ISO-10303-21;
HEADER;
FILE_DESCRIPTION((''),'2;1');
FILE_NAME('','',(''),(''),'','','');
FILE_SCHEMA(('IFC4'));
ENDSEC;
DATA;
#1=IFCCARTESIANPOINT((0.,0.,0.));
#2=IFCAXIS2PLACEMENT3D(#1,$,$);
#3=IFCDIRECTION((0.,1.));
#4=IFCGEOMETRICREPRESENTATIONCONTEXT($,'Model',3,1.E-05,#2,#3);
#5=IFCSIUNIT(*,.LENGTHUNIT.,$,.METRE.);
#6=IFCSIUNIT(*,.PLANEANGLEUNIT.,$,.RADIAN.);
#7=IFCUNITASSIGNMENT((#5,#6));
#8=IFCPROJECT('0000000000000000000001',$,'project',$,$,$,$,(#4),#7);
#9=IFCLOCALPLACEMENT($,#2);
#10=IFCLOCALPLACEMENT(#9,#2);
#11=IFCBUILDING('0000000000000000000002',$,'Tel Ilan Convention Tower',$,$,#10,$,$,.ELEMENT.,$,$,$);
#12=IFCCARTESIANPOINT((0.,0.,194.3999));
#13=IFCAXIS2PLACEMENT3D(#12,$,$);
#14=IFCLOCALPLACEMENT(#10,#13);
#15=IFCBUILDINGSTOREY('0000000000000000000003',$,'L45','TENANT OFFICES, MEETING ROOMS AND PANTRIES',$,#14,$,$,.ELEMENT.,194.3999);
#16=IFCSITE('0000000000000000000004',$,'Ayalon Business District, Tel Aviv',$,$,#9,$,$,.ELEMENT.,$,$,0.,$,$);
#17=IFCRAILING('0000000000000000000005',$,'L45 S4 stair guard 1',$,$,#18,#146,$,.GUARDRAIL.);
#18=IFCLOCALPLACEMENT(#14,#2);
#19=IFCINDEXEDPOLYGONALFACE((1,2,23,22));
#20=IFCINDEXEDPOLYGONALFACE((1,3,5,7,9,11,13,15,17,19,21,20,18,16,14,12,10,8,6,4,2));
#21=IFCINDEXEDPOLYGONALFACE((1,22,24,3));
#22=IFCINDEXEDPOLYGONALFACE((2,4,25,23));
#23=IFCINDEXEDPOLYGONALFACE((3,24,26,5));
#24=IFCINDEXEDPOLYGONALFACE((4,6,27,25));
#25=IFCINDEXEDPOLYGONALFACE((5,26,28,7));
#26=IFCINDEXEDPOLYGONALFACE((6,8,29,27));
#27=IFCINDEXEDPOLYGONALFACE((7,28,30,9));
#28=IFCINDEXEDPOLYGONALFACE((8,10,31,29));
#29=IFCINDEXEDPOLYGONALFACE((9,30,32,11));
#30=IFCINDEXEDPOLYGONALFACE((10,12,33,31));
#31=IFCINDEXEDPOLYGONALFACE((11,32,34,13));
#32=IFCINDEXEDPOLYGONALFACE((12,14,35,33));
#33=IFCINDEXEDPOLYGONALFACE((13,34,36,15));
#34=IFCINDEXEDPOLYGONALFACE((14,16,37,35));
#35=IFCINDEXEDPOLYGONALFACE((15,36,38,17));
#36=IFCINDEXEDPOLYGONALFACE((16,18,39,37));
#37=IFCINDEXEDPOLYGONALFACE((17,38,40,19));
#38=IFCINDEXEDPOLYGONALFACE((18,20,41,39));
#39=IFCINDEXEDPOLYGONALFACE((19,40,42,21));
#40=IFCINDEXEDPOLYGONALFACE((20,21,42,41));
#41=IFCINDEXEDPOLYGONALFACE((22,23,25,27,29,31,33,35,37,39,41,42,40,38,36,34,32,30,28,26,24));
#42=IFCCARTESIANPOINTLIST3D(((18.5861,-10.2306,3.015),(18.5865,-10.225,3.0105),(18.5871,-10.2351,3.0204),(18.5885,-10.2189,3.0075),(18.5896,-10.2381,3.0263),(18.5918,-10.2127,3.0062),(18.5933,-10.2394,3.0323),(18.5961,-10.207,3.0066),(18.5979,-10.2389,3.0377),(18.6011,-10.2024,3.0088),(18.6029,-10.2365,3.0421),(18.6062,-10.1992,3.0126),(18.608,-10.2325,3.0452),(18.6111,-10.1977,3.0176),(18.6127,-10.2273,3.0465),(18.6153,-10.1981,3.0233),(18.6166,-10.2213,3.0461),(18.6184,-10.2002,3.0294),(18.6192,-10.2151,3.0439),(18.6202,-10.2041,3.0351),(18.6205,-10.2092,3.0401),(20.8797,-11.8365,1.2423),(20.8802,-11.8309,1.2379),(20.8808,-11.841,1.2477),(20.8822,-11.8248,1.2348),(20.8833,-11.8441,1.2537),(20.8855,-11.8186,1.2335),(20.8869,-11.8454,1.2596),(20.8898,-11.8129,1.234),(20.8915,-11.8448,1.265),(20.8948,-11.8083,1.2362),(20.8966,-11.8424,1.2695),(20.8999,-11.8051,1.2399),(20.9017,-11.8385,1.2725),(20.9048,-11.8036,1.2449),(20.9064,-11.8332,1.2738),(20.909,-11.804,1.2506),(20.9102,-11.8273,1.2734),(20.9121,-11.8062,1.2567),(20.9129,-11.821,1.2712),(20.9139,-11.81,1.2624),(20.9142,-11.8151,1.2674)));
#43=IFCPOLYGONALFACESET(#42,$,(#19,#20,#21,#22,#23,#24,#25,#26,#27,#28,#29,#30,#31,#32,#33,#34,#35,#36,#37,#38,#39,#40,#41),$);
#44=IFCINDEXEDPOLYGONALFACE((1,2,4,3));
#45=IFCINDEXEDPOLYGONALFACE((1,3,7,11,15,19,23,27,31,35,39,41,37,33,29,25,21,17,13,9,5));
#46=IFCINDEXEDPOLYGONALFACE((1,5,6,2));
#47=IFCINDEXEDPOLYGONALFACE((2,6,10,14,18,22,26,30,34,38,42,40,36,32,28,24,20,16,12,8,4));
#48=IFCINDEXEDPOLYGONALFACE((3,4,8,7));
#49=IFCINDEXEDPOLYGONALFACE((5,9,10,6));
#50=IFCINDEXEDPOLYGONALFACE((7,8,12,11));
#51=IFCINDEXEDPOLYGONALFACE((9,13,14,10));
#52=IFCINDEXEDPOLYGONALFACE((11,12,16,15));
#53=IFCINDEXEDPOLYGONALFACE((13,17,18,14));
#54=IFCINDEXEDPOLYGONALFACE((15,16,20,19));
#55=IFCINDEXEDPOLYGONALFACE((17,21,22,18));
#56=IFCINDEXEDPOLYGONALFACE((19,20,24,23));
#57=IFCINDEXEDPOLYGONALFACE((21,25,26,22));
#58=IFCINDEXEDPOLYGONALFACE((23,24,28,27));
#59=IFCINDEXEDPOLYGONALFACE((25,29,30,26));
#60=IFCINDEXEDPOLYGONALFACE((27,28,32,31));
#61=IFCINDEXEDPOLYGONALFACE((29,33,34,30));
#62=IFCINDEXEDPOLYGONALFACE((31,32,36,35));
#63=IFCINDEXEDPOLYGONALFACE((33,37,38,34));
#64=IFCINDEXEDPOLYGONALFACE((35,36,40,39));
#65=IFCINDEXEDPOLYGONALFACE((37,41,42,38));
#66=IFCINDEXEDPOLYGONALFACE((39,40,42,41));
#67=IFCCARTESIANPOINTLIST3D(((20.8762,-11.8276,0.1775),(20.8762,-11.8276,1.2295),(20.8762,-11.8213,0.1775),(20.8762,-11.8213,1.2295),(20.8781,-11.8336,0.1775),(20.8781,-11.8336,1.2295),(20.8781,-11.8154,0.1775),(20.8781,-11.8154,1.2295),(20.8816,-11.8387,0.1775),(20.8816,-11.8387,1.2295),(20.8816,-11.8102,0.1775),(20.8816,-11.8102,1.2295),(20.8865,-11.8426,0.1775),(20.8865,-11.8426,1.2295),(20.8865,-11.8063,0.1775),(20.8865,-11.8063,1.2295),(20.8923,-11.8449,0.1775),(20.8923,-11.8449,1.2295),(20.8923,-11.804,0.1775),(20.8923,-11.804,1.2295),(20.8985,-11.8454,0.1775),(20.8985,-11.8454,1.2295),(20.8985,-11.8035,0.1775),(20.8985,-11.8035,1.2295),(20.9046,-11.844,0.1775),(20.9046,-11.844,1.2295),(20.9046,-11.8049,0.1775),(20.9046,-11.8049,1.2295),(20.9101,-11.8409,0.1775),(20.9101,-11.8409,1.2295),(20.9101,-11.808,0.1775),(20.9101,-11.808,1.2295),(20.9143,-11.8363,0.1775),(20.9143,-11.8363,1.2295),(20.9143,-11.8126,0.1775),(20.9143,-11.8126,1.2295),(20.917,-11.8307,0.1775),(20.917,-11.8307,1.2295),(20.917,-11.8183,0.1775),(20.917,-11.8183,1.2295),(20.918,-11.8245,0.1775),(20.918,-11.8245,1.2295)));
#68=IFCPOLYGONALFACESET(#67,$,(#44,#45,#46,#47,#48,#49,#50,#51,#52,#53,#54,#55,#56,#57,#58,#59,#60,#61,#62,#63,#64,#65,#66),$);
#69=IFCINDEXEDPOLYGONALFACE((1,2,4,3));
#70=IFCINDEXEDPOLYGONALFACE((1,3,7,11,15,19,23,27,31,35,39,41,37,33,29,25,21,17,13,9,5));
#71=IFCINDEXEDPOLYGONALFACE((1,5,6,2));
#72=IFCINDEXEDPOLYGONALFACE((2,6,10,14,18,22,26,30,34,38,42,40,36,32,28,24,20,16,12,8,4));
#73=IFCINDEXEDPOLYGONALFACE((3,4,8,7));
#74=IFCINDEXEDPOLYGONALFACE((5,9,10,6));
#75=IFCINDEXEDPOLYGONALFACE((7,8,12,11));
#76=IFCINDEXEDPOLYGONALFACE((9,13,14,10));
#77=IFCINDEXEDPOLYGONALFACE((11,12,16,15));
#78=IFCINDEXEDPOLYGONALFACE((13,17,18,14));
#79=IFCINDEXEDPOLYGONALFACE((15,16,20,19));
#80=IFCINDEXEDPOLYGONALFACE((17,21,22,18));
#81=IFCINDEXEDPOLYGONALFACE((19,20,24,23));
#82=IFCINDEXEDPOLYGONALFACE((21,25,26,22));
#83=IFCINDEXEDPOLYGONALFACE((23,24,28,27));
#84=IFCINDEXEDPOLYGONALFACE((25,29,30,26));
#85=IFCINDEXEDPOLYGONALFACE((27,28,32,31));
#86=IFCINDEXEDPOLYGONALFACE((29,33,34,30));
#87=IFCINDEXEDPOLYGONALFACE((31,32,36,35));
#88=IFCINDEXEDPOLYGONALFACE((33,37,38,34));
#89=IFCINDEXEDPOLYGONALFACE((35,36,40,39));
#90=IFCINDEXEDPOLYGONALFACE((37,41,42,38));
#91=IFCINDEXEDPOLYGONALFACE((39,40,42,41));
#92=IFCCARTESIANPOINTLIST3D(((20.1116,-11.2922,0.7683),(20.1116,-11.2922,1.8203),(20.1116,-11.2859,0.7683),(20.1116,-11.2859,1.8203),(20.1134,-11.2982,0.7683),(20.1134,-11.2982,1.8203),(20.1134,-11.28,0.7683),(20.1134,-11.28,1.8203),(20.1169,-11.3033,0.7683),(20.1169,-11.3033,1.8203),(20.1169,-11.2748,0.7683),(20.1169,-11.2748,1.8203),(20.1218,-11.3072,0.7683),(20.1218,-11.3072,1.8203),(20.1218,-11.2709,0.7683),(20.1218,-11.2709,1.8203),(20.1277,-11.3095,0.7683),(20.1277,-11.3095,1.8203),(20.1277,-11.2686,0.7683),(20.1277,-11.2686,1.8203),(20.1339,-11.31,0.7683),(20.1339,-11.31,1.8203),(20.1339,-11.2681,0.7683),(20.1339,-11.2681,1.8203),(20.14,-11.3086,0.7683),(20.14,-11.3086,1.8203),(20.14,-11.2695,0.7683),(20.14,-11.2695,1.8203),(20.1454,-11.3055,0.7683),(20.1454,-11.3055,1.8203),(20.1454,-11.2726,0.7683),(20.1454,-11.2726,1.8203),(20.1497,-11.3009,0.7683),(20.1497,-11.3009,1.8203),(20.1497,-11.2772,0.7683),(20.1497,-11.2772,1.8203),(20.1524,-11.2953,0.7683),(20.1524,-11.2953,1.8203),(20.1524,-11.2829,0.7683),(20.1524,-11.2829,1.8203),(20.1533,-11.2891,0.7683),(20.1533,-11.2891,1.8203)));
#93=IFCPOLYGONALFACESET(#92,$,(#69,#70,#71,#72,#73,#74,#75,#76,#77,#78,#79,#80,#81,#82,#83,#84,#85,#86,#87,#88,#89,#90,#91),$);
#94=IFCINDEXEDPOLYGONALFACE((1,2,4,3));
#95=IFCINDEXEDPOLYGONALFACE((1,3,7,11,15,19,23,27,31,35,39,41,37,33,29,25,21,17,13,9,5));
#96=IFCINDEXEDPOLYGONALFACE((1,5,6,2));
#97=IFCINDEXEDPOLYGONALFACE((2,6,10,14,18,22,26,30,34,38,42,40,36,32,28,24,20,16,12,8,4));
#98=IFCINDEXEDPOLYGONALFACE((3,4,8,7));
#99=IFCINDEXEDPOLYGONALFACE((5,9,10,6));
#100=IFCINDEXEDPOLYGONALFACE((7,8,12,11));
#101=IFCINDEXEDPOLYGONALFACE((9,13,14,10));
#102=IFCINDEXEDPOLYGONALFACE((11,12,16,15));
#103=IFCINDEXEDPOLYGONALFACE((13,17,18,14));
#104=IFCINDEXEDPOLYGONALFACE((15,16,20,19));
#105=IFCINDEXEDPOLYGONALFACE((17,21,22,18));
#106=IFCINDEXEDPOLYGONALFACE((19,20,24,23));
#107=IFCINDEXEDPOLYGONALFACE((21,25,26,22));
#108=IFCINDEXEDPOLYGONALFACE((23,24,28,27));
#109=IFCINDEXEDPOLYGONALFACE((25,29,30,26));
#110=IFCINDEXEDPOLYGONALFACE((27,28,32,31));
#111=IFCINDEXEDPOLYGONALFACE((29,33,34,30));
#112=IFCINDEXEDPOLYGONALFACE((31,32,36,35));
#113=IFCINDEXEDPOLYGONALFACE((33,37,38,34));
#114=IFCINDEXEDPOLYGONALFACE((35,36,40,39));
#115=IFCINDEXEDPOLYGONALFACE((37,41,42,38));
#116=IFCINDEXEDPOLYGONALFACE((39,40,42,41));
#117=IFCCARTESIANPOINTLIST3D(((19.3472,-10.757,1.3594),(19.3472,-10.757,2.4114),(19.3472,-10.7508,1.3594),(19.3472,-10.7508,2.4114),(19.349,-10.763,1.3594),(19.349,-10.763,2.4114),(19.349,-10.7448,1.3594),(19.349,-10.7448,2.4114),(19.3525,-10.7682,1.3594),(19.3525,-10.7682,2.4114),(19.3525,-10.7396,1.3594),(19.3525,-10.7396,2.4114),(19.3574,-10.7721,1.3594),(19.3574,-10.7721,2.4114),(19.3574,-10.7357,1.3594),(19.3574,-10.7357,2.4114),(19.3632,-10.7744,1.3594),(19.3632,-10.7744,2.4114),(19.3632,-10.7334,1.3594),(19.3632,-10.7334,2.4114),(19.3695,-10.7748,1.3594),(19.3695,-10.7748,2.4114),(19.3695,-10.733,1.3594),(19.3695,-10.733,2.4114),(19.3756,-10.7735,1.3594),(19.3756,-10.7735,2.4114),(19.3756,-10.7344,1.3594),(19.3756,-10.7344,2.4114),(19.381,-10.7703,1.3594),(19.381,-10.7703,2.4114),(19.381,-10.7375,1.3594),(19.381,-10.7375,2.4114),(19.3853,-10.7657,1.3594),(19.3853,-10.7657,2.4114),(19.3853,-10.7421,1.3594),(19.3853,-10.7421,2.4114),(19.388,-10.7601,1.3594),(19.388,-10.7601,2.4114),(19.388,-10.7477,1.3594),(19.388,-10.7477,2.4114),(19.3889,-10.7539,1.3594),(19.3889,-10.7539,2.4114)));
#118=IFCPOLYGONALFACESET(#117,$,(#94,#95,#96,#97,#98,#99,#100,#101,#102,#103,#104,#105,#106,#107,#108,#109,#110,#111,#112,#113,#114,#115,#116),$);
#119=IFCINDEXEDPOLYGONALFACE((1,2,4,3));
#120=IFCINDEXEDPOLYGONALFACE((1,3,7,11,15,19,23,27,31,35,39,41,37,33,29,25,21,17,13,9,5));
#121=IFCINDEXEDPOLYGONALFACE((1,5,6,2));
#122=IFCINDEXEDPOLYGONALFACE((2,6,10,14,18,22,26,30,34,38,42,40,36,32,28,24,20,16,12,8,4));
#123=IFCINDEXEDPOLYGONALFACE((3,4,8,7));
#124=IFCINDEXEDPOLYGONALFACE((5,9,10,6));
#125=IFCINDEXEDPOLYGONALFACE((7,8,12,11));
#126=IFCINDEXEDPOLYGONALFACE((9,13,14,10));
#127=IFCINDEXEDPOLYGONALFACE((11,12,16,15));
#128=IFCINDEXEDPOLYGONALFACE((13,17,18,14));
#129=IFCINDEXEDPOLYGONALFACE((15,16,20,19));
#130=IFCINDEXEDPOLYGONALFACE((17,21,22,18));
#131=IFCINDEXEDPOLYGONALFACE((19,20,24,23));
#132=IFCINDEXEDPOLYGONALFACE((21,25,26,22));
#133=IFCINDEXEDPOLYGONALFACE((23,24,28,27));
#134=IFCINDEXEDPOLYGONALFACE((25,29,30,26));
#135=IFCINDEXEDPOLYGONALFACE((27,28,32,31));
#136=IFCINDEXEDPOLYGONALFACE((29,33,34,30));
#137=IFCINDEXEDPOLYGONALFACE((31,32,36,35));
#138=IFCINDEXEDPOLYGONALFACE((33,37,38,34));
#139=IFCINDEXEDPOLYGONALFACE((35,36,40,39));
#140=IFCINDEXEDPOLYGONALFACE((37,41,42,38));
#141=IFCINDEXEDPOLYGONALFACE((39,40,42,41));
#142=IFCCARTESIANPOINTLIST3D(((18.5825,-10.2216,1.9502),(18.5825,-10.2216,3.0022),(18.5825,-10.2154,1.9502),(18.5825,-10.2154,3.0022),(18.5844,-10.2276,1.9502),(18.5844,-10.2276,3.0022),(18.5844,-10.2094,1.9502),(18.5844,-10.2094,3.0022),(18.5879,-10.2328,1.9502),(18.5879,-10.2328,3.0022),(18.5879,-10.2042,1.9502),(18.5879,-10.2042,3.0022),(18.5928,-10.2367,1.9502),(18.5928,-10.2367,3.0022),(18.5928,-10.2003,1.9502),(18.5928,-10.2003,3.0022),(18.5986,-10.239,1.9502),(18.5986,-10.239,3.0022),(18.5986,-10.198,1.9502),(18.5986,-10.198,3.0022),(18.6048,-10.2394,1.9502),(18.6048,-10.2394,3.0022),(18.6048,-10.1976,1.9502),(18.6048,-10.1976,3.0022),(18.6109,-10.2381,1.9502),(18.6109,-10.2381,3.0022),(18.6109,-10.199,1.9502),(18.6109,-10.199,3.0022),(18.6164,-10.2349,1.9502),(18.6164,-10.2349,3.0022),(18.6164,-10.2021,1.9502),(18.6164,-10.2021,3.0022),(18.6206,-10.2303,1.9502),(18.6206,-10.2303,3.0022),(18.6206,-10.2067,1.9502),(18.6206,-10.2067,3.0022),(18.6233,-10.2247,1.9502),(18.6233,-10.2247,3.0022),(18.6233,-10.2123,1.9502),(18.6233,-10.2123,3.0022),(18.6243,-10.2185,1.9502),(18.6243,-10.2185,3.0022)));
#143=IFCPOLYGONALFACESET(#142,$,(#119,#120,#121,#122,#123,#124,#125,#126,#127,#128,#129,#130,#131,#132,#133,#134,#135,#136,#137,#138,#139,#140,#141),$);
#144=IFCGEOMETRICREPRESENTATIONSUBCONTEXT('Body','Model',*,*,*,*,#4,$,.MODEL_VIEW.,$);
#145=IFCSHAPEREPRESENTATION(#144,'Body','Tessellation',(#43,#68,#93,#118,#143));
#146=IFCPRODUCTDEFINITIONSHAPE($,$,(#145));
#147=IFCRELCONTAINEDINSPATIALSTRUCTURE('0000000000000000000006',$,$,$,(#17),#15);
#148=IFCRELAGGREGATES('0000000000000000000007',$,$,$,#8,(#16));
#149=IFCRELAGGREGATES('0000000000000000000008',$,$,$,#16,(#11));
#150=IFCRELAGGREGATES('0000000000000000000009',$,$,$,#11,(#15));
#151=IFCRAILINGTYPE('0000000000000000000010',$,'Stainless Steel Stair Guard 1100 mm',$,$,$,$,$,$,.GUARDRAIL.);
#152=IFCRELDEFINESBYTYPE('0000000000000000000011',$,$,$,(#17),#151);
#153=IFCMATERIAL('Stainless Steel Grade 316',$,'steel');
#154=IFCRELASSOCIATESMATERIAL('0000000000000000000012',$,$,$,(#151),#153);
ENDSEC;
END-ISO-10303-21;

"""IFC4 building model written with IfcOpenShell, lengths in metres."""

from ifc_helpers import new_model, si_unit, direction, frame, origin, origin_2d, place, context, subcontext, project, spatial, circle, extrude, material, type_object, element, save


model = new_model("IFC4")

# Units and contexts
model_context = context("Model", 3, precision=1e-05, world=origin(), true_north=direction((0.0, 1.0)))
body_context = subcontext(model_context, "Body", "Model", "MODEL_VIEW")
ifc_project = project(units=[si_unit("LENGTHUNIT", "METRE"), si_unit("PLANEANGLEUNIT", "RADIAN")], contexts=[model_context])

# Site, building, storey
site_placement = place(None, origin())
site = spatial("IfcSite", under=ifc_project, at=site_placement, Name="Ayalon Business District, Tel Aviv", CompositionType="ELEMENT", RefElevation=0.0)
building_placement = place(site_placement, origin())
building = spatial("IfcBuilding", under=site, at=building_placement, Name="Tel Ilan Convention Tower", CompositionType="ELEMENT")
storey_placement = place(building_placement, frame((0.0, 0.0, 194.3999)))
storey = spatial("IfcBuildingStorey", under=building, at=storey_placement, Name="L45", Description="TENANT OFFICES, MEETING ROOMS AND PANTRIES", CompositionType="ELEMENT", Elevation=194.3999)

# Railing
ifc_material_1 = material(Name="Stainless Steel Grade 316", Category="steel")
railing_type_1 = type_object("IfcRailingType", Name="Stainless Steel Stair Guard 1100 mm", PredefinedType="GUARDRAIL", material=ifc_material_1)
railing_1_placement = place(storey_placement, frame((20.897, -11.8245, 0.1775)))
element("IfcRailing", 1, at=railing_1_placement, inside=storey, type_object=railing_type_1, Name="L45 S4 stair guard 1", PredefinedType="GUARDRAIL", context=body_context, shape_type="SweptSolid", body=[
    extrude(circle(Radius=0.0239, at=origin_2d()), frame((0.0, 0.0, 1.0762), z_axis=(-0.692123, 0.484597, 0.534913), x_axis=(-0.57355, -0.81917, 0.0)), (0.0, 0.0, 1.0), 3.314),
    extrude(circle(Radius=0.021, at=origin_2d()), origin(), (0.0, 0.0, 1.0), 1.052),
    extrude(circle(Radius=0.021, at=origin_2d()), frame((-0.7646, 0.5354, 0.5908)), (0.0, 0.0, 1.0), 1.052),
    extrude(circle(Radius=0.021, at=origin_2d()), frame((-1.5291, 1.0706, 1.1819)), (0.0, 0.0, 1.0), 1.052),
    extrude(circle(Radius=0.021, at=origin_2d()), frame((-2.2937, 1.606, 1.7727)), (0.0, 0.0, 1.0), 1.052),
])

save(model, "model.ifc")
